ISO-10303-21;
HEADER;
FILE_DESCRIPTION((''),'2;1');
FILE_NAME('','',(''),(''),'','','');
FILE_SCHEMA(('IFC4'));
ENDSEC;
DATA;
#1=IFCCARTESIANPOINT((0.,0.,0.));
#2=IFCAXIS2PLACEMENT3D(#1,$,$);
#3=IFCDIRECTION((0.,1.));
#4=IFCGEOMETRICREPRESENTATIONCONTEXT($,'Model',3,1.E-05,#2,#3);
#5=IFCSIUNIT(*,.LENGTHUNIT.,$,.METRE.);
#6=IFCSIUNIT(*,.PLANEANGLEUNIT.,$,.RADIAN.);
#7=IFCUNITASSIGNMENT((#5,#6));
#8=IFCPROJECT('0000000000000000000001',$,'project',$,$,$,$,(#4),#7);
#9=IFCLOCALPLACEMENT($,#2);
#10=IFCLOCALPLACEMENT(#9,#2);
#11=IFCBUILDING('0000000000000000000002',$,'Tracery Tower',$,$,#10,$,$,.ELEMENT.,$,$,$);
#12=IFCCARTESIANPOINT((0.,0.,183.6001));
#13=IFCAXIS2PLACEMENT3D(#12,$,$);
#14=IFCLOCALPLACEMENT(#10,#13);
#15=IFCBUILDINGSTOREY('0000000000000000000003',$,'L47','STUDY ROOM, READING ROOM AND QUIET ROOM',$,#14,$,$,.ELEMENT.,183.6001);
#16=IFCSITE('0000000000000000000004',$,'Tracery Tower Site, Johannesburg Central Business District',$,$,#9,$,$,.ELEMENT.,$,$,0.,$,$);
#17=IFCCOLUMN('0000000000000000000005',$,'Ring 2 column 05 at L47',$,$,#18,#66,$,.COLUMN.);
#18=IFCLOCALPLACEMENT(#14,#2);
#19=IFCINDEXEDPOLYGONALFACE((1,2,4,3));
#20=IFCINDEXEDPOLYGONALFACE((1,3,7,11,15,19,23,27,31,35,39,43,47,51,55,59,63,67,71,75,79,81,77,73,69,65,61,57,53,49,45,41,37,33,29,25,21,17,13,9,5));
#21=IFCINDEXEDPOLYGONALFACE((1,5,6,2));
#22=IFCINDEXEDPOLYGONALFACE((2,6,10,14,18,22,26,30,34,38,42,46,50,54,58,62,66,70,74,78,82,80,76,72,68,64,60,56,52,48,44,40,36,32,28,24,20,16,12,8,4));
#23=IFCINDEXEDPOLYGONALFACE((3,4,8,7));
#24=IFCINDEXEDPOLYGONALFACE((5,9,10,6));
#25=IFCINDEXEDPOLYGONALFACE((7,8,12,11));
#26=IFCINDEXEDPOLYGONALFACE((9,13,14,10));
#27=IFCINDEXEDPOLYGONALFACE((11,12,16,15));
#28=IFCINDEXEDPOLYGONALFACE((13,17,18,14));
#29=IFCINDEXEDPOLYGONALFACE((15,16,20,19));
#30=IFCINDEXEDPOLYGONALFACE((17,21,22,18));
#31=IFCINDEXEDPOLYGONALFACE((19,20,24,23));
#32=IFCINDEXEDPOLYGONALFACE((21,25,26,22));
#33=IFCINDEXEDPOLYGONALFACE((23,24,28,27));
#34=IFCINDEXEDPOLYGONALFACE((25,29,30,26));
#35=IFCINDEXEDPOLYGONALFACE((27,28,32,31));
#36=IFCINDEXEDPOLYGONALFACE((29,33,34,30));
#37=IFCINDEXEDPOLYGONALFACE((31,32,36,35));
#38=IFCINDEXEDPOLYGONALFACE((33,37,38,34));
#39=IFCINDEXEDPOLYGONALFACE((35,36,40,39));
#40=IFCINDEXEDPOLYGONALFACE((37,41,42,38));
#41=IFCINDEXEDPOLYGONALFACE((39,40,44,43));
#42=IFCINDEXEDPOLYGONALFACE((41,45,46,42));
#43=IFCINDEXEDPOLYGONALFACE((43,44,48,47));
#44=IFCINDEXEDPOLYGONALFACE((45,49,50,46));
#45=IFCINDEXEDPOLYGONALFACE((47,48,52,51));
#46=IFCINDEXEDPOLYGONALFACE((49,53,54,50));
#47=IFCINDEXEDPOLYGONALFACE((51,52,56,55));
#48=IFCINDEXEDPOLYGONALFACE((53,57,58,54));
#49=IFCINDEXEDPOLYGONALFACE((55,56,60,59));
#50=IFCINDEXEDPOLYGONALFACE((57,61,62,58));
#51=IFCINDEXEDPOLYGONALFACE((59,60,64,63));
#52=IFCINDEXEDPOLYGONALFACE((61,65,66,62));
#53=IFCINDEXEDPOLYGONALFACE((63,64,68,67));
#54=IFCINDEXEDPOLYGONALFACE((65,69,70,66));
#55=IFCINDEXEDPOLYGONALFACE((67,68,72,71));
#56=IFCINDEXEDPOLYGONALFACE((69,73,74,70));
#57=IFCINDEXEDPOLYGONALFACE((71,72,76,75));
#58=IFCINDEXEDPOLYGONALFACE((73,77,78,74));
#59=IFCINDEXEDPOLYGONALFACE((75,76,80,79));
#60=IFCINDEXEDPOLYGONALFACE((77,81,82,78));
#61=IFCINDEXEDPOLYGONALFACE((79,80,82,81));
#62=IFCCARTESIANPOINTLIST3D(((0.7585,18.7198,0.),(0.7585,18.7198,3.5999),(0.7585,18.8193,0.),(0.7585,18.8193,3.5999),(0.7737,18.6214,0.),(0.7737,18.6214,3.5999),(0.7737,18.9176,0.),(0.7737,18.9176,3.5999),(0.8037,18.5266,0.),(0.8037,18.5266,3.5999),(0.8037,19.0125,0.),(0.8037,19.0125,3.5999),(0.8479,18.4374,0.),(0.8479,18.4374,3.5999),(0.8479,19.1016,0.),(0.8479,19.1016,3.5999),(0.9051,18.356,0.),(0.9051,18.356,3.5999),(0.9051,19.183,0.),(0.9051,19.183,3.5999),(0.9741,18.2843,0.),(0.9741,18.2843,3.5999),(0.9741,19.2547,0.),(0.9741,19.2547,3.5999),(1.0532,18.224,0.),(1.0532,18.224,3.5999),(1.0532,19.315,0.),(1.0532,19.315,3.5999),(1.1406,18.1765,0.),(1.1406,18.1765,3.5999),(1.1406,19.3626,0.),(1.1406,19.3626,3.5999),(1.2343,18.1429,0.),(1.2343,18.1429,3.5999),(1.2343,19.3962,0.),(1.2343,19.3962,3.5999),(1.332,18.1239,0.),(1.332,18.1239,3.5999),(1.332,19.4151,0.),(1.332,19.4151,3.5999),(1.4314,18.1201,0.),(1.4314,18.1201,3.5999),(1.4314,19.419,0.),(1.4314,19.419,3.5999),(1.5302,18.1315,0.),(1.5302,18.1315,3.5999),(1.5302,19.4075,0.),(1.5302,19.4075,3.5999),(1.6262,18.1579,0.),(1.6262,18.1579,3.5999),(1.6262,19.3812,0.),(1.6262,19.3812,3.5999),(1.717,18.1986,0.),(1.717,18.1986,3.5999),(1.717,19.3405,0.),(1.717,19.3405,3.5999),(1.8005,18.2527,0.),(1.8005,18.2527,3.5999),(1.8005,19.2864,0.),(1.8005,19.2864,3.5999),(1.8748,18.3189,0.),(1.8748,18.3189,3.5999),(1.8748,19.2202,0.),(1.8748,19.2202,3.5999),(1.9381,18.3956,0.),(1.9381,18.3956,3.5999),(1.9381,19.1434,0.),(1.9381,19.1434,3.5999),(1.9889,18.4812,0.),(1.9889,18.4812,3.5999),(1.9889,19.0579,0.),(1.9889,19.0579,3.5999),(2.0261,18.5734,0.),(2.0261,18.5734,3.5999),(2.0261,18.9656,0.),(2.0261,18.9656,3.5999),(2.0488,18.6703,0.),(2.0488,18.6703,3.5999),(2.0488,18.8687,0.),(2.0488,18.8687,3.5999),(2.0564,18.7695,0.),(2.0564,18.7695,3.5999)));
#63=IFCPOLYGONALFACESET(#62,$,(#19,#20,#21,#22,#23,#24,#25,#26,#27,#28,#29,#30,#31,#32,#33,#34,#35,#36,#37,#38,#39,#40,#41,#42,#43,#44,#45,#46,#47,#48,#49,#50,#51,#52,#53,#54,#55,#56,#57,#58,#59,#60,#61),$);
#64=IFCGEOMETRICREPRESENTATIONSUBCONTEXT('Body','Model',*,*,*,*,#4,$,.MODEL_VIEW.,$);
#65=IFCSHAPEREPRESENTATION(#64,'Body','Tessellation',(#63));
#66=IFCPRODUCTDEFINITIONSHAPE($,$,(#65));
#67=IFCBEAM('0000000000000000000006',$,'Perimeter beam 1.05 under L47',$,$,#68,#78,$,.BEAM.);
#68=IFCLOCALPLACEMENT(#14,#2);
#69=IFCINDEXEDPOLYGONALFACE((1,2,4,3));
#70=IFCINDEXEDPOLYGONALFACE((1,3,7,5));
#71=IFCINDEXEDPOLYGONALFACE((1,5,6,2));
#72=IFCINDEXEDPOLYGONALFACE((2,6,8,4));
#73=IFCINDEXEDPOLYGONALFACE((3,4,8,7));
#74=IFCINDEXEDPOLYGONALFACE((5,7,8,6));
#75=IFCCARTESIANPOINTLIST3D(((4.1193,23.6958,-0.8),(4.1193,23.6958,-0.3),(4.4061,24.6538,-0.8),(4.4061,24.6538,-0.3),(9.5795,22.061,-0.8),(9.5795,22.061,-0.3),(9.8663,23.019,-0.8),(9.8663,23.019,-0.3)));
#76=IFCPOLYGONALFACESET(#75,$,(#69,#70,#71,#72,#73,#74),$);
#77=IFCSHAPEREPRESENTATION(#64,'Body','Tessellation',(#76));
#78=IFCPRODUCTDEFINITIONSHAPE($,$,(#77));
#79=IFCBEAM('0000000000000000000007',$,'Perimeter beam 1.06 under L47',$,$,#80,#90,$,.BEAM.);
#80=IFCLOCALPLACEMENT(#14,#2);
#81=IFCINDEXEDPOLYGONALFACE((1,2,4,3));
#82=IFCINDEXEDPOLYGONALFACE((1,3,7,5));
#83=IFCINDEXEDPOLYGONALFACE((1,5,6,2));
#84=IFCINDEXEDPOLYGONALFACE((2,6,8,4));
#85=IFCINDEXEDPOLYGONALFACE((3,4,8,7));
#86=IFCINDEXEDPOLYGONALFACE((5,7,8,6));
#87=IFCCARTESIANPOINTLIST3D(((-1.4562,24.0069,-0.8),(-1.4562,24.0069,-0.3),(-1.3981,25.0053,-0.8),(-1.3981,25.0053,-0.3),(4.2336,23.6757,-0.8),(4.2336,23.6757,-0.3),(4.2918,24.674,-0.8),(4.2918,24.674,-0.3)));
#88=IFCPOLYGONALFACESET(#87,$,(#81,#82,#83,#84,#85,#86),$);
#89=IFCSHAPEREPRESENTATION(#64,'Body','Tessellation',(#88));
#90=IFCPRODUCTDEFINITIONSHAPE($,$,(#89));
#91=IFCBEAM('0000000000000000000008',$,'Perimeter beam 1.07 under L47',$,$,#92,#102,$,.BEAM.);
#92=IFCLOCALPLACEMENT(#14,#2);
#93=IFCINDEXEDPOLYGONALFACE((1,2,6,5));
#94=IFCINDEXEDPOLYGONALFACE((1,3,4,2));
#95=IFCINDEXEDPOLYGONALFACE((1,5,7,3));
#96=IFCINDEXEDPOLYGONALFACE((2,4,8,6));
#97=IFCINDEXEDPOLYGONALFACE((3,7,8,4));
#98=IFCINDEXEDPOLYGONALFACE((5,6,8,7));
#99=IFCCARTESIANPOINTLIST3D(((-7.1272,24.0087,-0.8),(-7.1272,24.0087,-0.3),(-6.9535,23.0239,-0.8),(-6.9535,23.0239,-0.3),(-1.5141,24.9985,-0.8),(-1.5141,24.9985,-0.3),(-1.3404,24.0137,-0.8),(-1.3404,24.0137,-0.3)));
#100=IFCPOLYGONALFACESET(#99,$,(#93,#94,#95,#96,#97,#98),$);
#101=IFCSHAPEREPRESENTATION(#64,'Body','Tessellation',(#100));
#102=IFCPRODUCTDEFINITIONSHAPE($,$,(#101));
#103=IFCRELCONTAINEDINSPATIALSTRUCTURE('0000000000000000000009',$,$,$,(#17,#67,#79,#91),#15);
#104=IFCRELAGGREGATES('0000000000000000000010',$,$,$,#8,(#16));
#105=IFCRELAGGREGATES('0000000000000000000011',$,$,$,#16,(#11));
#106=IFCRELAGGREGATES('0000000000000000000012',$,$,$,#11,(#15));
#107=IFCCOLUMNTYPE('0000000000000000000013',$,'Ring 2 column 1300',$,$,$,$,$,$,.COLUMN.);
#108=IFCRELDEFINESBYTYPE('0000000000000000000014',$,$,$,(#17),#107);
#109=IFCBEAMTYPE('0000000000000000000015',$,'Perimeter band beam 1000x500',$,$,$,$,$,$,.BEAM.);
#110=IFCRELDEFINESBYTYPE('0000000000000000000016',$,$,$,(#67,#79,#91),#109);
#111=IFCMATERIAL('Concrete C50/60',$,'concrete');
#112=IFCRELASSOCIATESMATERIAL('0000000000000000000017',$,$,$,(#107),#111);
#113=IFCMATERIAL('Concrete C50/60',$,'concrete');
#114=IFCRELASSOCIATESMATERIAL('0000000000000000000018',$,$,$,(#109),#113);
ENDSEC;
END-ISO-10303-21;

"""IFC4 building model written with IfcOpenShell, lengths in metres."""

from ifc_helpers import new_model, si_unit, direction, frame, origin, origin_2d, place, context, subcontext, project, spatial, rectangle, circle, extrude, material, material_profile, profile_set, type_object, element, save


model = new_model("IFC4")

# Units and contexts
model_context = context("Model", 3, precision=1e-05, world=origin(), true_north=direction((0.0, 1.0)))
body_context = subcontext(model_context, "Body", "Model", "MODEL_VIEW")
ifc_project = project(units=[si_unit("LENGTHUNIT", "METRE"), si_unit("PLANEANGLEUNIT", "RADIAN")], contexts=[model_context])

# Site, building, storey
site_placement = place(None, origin())
site = spatial("IfcSite", under=ifc_project, at=site_placement, Name="Tracery Tower Site, Johannesburg Central Business District", CompositionType="ELEMENT", RefElevation=0.0)
building_placement = place(site_placement, origin())
building = spatial("IfcBuilding", under=site, at=building_placement, Name="Tracery Tower", CompositionType="ELEMENT")
storey_placement = place(building_placement, frame((0.0, 0.0, 183.6001)))
storey = spatial("IfcBuildingStorey", under=building, at=storey_placement, Name="L47", Description="STUDY ROOM, READING ROOM AND QUIET ROOM", CompositionType="ELEMENT", Elevation=183.6001)

# Column
ifc_material_1 = material(Name="Concrete C50/60", Category="concrete")
ifc_material_profile_1 = material_profile(ifc_material_1, circle(Radius=0.6499, at=origin_2d()), Name="RC D1300")
ifc_profile_set_1 = profile_set([ifc_material_profile_1], Name="Concrete C50/60")
column_type_1 = type_object("IfcColumnType", Name="Ring 2 column 1300", PredefinedType="COLUMN", material=ifc_profile_set_1)
for number, where, z_axis, x_axis, name in (
    (1, (1.4065, 18.7695, 0.0), (0.0, 0.0, 1.0), (1.0, 0.0, 0.0), "Ring 2 column 05 at L47"),
):
    element("IfcColumn", number, at=place(storey_placement, frame(where, z_axis=z_axis, x_axis=x_axis)), inside=storey, type_object=column_type_1, Name=name, PredefinedType="COLUMN", context=body_context, shape_type="SweptSolid", body=[
        extrude(circle(Radius=0.6499, at=origin_2d()), origin(), (0.0, 0.0, 1.0), 3.5999),
    ])

# Beams
ifc_material_2 = material(Name="Concrete C50/60", Category="concrete")
ifc_material_profile_2 = material_profile(ifc_material_2, rectangle(XDim=1.0, YDim=0.5, at=origin_2d()), Name="RC 1000x500")
ifc_profile_set_2 = profile_set([ifc_material_profile_2], Name="Concrete C50/60")
beam_type = type_object("IfcBeamType", Name="Perimeter band beam 1000x500", PredefinedType="BEAM", material=ifc_profile_set_2)
beam_1_placement = place(storey_placement, frame((9.7229, 22.54, -0.55), z_axis=(-0.957985, 0.286817, 0.0), x_axis=(-0.286817, -0.957985, 0.0)))
element("IfcBeam", 2, at=beam_1_placement, inside=storey, type_object=beam_type, Name="Perimeter beam 1.05 under L47", PredefinedType="BEAM", context=body_context, shape_type="SweptSolid", body=[
    extrude(rectangle(XDim=1.0, YDim=0.5, at=origin_2d()), origin(), (0.0, 0.0, 1.0), 5.6997),
])
beam_2_placement = place(storey_placement, frame((4.2627, 24.1748, -0.55), z_axis=(-0.998309, 0.058127, 0.0), x_axis=(-0.058127, -0.998309, 0.0)))
element("IfcBeam", 3, at=beam_2_placement, inside=storey, type_object=beam_type, Name="Perimeter beam 1.06 under L47", PredefinedType="BEAM", context=body_context, shape_type="SweptSolid", body=[
    extrude(rectangle(XDim=1.0, YDim=0.5, at=origin_2d()), origin(), (0.0, 0.0, 1.0), 5.6995),
])
beam_3_placement = place(storey_placement, frame((-1.4272, 24.5061, -0.55), z_axis=(-0.984807, -0.173651, 0.0), x_axis=(0.173651, -0.984807, 0.0)))
element("IfcBeam", 4, at=beam_3_placement, inside=storey, type_object=beam_type, Name="Perimeter beam 1.07 under L47", PredefinedType="BEAM", context=body_context, shape_type="SweptSolid", body=[
    extrude(rectangle(XDim=1.0, YDim=0.5, at=origin_2d()), origin(), (0.0, 0.0, 1.0), 5.6997),
])

save(model, "model.ifc")
